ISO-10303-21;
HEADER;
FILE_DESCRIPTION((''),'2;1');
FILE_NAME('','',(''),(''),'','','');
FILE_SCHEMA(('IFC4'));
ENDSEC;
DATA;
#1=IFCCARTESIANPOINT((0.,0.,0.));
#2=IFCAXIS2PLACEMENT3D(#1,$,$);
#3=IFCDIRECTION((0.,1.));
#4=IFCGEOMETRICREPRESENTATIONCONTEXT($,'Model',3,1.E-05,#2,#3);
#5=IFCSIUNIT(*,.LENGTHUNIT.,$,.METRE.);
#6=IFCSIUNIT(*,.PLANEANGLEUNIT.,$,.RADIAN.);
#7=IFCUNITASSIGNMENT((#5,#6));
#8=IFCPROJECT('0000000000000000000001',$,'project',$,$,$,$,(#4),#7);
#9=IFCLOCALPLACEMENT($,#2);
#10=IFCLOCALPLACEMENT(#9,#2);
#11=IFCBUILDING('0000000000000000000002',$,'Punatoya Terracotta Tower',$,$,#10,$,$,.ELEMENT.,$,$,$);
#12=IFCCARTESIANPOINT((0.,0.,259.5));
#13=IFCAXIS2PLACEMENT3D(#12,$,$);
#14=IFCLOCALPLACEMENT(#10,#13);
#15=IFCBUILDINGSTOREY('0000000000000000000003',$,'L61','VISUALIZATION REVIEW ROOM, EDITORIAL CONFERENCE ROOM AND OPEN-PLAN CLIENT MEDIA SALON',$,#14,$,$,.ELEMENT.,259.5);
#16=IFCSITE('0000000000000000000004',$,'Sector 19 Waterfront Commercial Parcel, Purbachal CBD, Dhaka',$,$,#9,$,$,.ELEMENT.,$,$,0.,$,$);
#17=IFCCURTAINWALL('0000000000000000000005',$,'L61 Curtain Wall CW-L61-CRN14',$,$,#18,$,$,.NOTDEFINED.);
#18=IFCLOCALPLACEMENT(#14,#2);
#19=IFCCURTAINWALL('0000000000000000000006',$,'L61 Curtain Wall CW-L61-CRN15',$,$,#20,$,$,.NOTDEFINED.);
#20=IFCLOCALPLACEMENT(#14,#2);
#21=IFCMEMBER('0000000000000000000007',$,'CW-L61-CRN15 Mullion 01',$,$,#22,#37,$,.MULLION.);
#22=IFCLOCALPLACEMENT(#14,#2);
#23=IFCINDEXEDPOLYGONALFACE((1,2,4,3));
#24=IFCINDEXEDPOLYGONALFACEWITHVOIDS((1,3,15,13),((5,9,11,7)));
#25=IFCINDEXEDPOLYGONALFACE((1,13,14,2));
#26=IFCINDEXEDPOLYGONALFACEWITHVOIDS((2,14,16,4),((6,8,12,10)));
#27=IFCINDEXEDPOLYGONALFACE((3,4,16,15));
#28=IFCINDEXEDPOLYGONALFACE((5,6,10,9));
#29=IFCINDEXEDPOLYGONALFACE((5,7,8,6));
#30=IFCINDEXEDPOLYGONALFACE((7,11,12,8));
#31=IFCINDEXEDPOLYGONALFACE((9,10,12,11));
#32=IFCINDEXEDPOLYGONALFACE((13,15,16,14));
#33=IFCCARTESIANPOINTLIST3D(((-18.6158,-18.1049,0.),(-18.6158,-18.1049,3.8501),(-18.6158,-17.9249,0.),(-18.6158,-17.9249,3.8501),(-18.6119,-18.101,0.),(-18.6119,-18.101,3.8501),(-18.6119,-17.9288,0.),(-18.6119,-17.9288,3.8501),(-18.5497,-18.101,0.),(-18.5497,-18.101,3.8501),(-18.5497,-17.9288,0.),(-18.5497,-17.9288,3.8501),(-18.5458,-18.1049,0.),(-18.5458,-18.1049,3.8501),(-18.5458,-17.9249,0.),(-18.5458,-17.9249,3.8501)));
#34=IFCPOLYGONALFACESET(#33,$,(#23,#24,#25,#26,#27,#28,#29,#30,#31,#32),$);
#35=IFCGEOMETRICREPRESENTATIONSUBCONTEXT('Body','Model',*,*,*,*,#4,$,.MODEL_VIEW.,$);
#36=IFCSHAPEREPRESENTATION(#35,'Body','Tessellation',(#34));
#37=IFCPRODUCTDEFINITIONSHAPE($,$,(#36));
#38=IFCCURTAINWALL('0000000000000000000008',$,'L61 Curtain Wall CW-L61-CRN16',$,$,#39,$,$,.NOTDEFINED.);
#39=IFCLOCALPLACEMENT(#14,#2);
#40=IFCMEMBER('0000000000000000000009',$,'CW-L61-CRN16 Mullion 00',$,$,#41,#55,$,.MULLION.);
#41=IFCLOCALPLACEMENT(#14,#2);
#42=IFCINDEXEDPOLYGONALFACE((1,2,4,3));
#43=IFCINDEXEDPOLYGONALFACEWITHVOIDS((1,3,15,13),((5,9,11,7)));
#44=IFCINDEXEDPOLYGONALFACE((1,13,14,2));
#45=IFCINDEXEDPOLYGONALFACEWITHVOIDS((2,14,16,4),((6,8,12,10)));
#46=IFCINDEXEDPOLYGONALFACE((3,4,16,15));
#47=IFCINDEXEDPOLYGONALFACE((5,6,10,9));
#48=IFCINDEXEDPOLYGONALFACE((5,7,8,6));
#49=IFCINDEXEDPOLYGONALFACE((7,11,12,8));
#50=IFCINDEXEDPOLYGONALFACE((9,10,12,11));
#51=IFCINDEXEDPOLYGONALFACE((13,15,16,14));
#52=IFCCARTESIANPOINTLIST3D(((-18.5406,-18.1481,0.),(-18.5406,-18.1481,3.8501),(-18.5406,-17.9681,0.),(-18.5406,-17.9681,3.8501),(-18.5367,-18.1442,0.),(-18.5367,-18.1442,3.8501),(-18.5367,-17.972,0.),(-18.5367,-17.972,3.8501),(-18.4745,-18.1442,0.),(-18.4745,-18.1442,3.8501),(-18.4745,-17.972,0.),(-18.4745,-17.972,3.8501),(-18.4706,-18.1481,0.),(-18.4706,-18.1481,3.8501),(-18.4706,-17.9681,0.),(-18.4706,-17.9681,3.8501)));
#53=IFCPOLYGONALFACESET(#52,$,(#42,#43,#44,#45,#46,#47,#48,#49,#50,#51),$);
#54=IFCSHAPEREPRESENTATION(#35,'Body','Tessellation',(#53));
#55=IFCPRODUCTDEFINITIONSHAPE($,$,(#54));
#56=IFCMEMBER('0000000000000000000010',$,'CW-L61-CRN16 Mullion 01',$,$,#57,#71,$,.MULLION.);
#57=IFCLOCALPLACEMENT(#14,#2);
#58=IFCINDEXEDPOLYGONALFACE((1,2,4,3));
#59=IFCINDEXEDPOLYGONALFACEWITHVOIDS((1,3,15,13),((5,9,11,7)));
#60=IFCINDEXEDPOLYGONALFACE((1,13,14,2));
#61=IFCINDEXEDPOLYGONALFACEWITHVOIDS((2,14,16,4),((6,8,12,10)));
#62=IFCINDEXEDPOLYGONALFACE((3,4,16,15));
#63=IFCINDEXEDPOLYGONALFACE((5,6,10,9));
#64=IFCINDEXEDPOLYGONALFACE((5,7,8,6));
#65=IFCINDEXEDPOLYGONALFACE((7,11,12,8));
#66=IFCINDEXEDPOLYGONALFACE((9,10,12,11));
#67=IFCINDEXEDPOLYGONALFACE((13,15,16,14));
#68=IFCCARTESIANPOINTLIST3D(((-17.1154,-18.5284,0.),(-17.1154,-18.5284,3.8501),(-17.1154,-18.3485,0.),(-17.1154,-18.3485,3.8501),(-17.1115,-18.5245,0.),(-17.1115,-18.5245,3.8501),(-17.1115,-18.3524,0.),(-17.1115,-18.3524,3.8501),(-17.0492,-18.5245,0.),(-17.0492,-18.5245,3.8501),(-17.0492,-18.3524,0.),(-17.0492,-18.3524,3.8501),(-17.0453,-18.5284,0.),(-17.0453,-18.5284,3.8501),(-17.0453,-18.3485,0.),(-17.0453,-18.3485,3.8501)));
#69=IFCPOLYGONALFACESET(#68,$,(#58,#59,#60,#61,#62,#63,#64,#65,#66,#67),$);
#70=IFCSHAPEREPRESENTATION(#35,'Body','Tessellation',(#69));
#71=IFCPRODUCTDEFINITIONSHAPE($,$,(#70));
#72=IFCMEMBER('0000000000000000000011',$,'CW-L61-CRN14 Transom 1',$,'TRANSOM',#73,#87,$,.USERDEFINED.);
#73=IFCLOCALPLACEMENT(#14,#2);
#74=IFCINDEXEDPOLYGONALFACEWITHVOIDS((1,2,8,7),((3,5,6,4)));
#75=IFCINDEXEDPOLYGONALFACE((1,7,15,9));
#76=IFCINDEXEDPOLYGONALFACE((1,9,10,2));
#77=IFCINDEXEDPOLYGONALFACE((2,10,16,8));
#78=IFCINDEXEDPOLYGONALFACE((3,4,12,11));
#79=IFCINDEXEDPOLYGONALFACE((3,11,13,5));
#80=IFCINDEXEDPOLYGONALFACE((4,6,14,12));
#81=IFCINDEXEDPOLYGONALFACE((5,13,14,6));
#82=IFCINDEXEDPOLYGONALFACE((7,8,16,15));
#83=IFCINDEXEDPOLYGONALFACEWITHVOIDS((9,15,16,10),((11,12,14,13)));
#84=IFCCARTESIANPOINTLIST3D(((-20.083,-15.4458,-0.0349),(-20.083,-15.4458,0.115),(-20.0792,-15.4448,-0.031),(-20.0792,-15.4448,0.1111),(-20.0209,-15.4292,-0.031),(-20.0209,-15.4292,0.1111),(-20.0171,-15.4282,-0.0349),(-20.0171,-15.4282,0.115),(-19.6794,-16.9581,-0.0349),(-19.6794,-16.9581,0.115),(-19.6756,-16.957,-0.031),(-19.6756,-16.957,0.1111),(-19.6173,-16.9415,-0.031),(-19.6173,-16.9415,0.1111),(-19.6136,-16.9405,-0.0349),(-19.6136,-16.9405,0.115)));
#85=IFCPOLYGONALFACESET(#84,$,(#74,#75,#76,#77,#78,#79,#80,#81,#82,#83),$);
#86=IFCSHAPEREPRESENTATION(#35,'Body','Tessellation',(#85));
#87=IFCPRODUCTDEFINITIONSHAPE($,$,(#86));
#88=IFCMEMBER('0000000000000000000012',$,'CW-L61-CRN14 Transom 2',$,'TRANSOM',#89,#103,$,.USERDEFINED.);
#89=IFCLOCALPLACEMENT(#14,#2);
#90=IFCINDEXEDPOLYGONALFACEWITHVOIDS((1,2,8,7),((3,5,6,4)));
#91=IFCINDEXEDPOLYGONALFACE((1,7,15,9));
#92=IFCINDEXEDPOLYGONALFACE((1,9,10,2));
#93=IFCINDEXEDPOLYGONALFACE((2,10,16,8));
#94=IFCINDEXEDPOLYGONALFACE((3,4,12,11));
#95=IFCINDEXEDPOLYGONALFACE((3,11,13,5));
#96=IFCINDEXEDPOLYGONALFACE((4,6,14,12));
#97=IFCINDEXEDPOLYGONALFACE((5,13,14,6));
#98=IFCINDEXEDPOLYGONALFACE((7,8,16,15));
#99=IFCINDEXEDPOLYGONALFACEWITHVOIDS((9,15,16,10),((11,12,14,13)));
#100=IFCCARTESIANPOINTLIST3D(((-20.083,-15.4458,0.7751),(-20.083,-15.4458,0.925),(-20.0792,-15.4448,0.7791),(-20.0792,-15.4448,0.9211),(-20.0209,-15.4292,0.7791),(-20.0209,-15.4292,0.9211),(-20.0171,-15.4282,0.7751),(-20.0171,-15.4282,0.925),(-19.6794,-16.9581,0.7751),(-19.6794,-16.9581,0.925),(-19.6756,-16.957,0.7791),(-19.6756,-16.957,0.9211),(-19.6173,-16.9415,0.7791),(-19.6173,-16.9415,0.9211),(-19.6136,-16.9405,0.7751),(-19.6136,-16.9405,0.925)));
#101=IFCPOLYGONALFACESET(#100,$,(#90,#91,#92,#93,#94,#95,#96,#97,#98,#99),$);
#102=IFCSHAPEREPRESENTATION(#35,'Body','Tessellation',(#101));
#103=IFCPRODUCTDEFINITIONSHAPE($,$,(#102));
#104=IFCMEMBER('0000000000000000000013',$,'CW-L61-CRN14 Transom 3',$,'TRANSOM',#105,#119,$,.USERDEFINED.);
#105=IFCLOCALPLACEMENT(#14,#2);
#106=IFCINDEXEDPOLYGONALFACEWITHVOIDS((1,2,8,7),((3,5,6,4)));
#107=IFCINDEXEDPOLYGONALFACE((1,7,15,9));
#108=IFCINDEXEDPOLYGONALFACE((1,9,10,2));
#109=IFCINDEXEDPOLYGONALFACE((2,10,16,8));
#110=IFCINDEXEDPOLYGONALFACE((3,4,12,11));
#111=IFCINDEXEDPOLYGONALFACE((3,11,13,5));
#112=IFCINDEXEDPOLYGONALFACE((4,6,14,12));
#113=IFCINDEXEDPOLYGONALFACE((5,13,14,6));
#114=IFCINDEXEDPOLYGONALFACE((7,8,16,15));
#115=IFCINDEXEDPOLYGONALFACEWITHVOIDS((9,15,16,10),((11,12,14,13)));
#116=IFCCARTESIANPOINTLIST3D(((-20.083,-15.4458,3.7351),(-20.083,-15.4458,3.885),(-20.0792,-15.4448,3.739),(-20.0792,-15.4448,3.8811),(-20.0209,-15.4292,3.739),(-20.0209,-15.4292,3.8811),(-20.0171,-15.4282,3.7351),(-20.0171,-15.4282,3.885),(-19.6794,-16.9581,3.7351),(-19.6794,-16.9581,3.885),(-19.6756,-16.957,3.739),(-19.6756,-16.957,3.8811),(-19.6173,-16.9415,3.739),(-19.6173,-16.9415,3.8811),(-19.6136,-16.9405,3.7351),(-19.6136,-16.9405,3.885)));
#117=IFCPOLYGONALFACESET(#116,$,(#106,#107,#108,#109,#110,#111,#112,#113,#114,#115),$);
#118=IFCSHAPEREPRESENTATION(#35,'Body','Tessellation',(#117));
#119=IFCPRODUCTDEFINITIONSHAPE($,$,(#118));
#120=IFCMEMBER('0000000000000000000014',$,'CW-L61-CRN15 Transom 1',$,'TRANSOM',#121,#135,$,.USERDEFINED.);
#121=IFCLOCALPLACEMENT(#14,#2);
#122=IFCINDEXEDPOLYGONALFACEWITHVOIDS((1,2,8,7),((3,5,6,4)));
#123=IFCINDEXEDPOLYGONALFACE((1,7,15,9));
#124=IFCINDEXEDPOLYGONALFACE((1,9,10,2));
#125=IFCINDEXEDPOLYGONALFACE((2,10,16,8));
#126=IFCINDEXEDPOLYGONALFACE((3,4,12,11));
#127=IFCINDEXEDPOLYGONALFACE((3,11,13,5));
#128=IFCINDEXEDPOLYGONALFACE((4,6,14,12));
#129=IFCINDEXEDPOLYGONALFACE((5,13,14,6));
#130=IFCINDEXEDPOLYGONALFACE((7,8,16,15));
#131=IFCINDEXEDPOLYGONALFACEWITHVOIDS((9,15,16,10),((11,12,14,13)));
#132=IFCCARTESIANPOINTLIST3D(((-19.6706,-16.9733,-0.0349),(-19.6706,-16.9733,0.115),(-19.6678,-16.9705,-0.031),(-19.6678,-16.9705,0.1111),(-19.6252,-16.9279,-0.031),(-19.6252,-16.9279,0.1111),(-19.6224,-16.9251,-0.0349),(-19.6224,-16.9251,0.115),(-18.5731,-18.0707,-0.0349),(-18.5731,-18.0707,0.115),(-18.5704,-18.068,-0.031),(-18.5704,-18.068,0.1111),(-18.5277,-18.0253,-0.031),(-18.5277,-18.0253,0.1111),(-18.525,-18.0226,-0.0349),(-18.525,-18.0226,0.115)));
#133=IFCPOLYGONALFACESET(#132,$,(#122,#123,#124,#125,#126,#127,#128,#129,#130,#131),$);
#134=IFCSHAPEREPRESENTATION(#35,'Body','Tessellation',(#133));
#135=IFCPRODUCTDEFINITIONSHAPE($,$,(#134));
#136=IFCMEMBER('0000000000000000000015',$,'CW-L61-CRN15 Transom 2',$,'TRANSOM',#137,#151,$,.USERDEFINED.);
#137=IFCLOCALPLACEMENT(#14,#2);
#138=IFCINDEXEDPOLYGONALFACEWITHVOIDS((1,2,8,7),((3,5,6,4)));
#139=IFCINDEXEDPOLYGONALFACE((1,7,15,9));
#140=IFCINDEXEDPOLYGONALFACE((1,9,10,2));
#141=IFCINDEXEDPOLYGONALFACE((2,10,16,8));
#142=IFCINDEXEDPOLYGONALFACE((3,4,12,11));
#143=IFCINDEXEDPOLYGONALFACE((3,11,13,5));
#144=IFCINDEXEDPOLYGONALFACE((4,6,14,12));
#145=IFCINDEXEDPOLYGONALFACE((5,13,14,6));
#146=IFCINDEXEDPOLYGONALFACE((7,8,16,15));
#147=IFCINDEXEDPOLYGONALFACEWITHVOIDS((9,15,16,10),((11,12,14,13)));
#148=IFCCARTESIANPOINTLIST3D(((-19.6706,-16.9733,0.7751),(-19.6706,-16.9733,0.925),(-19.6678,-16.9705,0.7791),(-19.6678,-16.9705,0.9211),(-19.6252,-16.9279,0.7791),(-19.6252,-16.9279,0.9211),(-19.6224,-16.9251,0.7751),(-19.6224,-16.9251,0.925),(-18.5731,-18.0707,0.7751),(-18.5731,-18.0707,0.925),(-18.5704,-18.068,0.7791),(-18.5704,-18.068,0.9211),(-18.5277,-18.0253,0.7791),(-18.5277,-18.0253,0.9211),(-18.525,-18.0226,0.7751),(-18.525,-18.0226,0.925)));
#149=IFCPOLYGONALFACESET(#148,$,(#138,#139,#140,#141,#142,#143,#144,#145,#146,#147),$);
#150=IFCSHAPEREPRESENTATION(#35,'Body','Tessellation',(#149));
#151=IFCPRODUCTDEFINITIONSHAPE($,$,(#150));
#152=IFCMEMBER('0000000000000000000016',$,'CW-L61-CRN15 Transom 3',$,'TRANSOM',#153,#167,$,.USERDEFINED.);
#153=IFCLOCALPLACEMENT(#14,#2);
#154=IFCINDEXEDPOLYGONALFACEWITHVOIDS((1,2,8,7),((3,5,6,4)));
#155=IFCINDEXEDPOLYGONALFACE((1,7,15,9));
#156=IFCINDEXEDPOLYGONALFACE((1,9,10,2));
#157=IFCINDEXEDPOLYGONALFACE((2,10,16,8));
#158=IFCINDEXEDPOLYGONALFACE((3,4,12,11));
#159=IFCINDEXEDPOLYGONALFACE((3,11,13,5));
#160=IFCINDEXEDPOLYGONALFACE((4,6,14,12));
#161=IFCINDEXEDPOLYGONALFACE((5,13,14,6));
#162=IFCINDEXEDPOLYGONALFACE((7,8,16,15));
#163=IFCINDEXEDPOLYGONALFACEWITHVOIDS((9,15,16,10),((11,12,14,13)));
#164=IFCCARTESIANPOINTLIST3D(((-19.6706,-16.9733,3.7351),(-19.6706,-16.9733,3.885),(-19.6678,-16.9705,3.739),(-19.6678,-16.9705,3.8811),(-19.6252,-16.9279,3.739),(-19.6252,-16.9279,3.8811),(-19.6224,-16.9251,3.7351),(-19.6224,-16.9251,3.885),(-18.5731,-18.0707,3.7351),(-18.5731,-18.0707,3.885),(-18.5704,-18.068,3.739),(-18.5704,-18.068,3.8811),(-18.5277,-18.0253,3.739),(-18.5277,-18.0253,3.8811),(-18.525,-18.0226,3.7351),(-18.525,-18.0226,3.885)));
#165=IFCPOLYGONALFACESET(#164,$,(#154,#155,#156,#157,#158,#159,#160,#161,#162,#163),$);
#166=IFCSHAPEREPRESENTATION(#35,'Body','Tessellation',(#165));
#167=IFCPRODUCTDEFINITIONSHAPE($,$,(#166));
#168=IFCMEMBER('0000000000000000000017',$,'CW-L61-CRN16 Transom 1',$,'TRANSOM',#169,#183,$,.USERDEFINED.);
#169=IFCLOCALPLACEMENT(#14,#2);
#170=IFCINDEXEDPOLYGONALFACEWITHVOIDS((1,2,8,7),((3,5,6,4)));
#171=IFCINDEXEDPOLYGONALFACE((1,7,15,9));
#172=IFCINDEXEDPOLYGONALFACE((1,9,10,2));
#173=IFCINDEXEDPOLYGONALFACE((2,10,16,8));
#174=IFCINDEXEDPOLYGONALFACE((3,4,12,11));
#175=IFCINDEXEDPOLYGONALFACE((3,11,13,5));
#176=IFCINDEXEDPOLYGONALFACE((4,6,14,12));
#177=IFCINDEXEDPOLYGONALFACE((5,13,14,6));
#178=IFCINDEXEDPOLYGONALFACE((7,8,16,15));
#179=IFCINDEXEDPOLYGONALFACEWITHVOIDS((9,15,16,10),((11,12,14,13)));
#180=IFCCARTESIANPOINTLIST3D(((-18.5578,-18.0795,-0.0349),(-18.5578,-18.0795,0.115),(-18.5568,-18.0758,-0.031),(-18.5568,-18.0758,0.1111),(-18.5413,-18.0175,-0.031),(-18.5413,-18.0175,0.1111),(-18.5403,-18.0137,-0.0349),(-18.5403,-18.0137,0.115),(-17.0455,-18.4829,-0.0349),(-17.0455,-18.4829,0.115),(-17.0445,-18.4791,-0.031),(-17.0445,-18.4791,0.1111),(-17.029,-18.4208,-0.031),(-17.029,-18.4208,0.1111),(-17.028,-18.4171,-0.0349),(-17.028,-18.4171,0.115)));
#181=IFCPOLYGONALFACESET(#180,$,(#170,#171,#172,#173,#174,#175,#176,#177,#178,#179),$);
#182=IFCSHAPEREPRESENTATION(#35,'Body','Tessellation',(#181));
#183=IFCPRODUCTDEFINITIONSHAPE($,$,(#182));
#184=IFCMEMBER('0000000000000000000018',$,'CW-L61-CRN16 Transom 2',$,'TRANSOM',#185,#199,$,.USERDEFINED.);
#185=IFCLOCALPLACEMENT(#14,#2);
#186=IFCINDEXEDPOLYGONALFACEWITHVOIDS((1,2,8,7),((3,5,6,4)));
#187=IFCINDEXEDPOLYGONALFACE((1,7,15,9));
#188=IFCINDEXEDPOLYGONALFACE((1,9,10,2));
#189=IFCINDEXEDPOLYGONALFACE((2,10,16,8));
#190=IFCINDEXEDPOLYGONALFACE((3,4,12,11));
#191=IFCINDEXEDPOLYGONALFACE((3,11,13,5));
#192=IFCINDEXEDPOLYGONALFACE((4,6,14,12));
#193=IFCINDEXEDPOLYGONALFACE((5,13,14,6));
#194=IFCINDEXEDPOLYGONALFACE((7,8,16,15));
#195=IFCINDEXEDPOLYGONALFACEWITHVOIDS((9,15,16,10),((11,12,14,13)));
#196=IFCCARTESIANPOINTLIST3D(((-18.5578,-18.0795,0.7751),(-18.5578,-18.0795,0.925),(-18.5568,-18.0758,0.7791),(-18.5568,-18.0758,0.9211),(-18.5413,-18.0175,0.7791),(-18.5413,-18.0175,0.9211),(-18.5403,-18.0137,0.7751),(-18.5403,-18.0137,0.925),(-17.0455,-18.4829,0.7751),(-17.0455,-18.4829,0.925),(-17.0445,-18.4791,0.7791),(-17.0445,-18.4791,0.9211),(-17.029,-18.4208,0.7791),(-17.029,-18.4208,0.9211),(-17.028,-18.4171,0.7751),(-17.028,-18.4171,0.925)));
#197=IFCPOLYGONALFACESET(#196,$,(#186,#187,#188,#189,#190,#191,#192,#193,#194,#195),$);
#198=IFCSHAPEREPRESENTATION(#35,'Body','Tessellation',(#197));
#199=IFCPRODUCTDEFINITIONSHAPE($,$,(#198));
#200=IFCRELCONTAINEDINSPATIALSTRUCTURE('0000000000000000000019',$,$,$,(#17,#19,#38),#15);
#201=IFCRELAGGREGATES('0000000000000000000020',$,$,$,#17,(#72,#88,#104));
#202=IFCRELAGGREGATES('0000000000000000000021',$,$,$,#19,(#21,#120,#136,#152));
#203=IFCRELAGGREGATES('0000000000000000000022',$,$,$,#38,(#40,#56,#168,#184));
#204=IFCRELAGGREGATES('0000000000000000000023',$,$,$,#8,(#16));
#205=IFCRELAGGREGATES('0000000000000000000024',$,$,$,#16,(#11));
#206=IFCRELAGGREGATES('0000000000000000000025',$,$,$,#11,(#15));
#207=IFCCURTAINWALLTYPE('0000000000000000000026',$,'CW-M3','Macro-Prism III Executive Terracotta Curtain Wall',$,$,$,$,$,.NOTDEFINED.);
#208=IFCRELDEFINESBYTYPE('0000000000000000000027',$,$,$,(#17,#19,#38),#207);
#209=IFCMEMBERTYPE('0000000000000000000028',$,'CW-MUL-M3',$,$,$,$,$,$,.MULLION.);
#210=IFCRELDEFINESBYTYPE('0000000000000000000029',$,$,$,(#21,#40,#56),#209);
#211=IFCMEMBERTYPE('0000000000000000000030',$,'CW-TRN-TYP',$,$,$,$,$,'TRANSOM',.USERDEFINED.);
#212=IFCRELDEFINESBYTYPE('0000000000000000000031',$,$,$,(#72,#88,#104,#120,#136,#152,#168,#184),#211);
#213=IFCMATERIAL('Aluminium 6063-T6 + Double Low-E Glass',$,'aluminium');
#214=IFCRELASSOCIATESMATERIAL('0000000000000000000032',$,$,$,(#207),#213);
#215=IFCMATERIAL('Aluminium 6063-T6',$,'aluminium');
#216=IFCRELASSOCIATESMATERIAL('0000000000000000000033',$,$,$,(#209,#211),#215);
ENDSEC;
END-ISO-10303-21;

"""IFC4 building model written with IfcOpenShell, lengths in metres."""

from ifc_helpers import new_model, si_unit, direction, frame, origin, origin_2d, place, context, subcontext, project, spatial, hollow_rectangle, extrude, material, material_profile, profile_set, type_object, element, aggregate, save


model = new_model("IFC4")

# Units and contexts
model_context = context("Model", 3, precision=1e-05, world=origin(), true_north=direction((0.0, 1.0)))
body_context = subcontext(model_context, "Body", "Model", "MODEL_VIEW")
ifc_project = project(units=[si_unit("LENGTHUNIT", "METRE"), si_unit("PLANEANGLEUNIT", "RADIAN")], contexts=[model_context])

# Site, building, storey
site_placement = place(None, origin())
site = spatial("IfcSite", under=ifc_project, at=site_placement, Name="Sector 19 Waterfront Commercial Parcel, Purbachal CBD, Dhaka", CompositionType="ELEMENT", RefElevation=0.0)
building_placement = place(site_placement, origin())
building = spatial("IfcBuilding", under=site, at=building_placement, Name="Punatoya Terracotta Tower", CompositionType="ELEMENT")
storey_placement = place(building_placement, frame((0.0, 0.0, 259.5)))
storey = spatial("IfcBuildingStorey", under=building, at=storey_placement, Name="L61", Description="VISUALIZATION REVIEW ROOM, EDITORIAL CONFERENCE ROOM AND OPEN-PLAN CLIENT MEDIA SALON", CompositionType="ELEMENT", Elevation=259.5)

# Shared definitions
ifc_material_1 = material(Name="Aluminium 6063-T6 + Double Low-E Glass", Category="aluminium")
curtain_wall_type = type_object("IfcCurtainWallType", Name="CW-M3", Description="Macro-Prism III Executive Terracotta Curtain Wall", PredefinedType="NOTDEFINED", material=ifc_material_1)
ifc_material_2 = material(Name="Aluminium 6063-T6", Category="aluminium")
ifc_material_profile_1 = material_profile(ifc_material_2, hollow_rectangle(XDim=0.0701, YDim=0.1799, WallThickness=0.0039, at=origin_2d()))
ifc_profile_set_1 = profile_set([ifc_material_profile_1], Name="Aluminium 6063-T6")
member_type_1 = type_object("IfcMemberType", Name="CW-MUL-M3", PredefinedType="MULLION", material=ifc_profile_set_1)

# Curtain walls, members
curtain_wall_1_placement = place(storey_placement, origin())
curtain_wall_1 = element("IfcCurtainWall", 1, at=curtain_wall_1_placement, inside=storey, type_object=curtain_wall_type, Name="L61 Curtain Wall CW-L61-CRN14", PredefinedType="NOTDEFINED")
curtain_wall_2_placement = place(storey_placement, origin())
curtain_wall_2 = element("IfcCurtainWall", 2, at=curtain_wall_2_placement, inside=storey, type_object=curtain_wall_type, Name="L61 Curtain Wall CW-L61-CRN15", PredefinedType="NOTDEFINED")
member_1_placement = place(storey_placement, frame((-18.5808, -18.0149, 0.0), z_axis=(0.0, 0.0, 1.0), x_axis=(1.0, 0.0, 0.0)))
member_1 = element("IfcMember", 3, at=member_1_placement, type_object=member_type_1, Name="CW-L61-CRN15 Mullion 01", PredefinedType="MULLION", context=body_context, shape_type="SweptSolid", body=[
    extrude(hollow_rectangle(XDim=0.0701, YDim=0.1799, WallThickness=0.0039, at=origin_2d()), origin(), (0.0, 0.0, 1.0), 3.8501),
])
curtain_wall_3_placement = place(storey_placement, origin())
curtain_wall_3 = element("IfcCurtainWall", 4, at=curtain_wall_3_placement, inside=storey, type_object=curtain_wall_type, Name="L61 Curtain Wall CW-L61-CRN16", PredefinedType="NOTDEFINED")
member_2_placement = place(storey_placement, frame((-18.5056, -18.0581, 0.0), z_axis=(0.0, 0.0, 1.0), x_axis=(1.0, 0.0, 0.0)))
member_2 = element("IfcMember", 5, at=member_2_placement, type_object=member_type_1, Name="CW-L61-CRN16 Mullion 00", PredefinedType="MULLION", context=body_context, shape_type="SweptSolid", body=[
    extrude(hollow_rectangle(XDim=0.0701, YDim=0.1799, WallThickness=0.0039, at=origin_2d()), origin(), (0.0, 0.0, 1.0), 3.8501),
])
member_3_placement = place(storey_placement, frame((-17.0803, -18.4385, 0.0), z_axis=(0.0, 0.0, 1.0), x_axis=(1.0, 0.0, 0.0)))
member_3 = element("IfcMember", 6, at=member_3_placement, type_object=member_type_1, Name="CW-L61-CRN16 Mullion 01", PredefinedType="MULLION", context=body_context, shape_type="SweptSolid", body=[
    extrude(hollow_rectangle(XDim=0.0701, YDim=0.1799, WallThickness=0.0039, at=origin_2d()), origin(), (0.0, 0.0, 1.0), 3.8501),
])

# Members
ifc_material_profile_2 = material_profile(ifc_material_2, hollow_rectangle(XDim=0.0681, YDim=0.1499, WallThickness=0.0039, at=origin_2d()))
ifc_profile_set_2 = profile_set([ifc_material_profile_2], Name="Aluminium 6063-T6")
member_type_2 = type_object("IfcMemberType", Name="CW-TRN-TYP", ElementType="TRANSOM", PredefinedType="USERDEFINED", material=ifc_profile_set_2)
member_4_placement = place(storey_placement, frame((-20.05, -15.437, 0.04), z_axis=(0.257847, -0.966186, 0.0), x_axis=(0.966186, 0.257847, 0.0)))
member_4 = element("IfcMember", 7, at=member_4_placement, type_object=member_type_2, Name="CW-L61-CRN14 Transom 1", ObjectType="TRANSOM", PredefinedType="USERDEFINED", context=body_context, shape_type="SweptSolid", body=[
    extrude(hollow_rectangle(XDim=0.0681, YDim=0.1499, WallThickness=0.0039, at=origin_2d()), origin(), (0.0, 0.0, 1.0), 1.5652),
])
member_5_placement = place(storey_placement, frame((-20.05, -15.437, 0.8501), z_axis=(0.257847, -0.966186, 0.0), x_axis=(0.966186, 0.257847, 0.0)))
member_5 = element("IfcMember", 8, at=member_5_placement, type_object=member_type_2, Name="CW-L61-CRN14 Transom 2", ObjectType="TRANSOM", PredefinedType="USERDEFINED", context=body_context, shape_type="SweptSolid", body=[
    extrude(hollow_rectangle(XDim=0.0681, YDim=0.1499, WallThickness=0.0039, at=origin_2d()), origin(), (0.0, 0.0, 1.0), 1.5652),
])
member_6_placement = place(storey_placement, frame((-20.05, -15.437, 3.8101), z_axis=(0.257847, -0.966186, 0.0), x_axis=(0.966186, 0.257847, 0.0)))
member_6 = element("IfcMember", 9, at=member_6_placement, type_object=member_type_2, Name="CW-L61-CRN14 Transom 3", ObjectType="TRANSOM", PredefinedType="USERDEFINED", context=body_context, shape_type="SweptSolid", body=[
    extrude(hollow_rectangle(XDim=0.0681, YDim=0.1499, WallThickness=0.0039, at=origin_2d()), origin(), (0.0, 0.0, 1.0), 1.5652),
])
member_7_placement = place(storey_placement, frame((-19.6465, -16.9492, 0.04), z_axis=(0.707107, -0.707107, 0.0), x_axis=(0.707107, 0.707107, 0.0)))
member_7 = element("IfcMember", 10, at=member_7_placement, type_object=member_type_2, Name="CW-L61-CRN15 Transom 1", ObjectType="TRANSOM", PredefinedType="USERDEFINED", context=body_context, shape_type="SweptSolid", body=[
    extrude(hollow_rectangle(XDim=0.0681, YDim=0.1499, WallThickness=0.0039, at=origin_2d()), origin(), (0.0, 0.0, 1.0), 1.552),
])
member_8_placement = place(storey_placement, frame((-19.6465, -16.9492, 0.8501), z_axis=(0.707107, -0.707107, 0.0), x_axis=(0.707107, 0.707107, 0.0)))
member_8 = element("IfcMember", 11, at=member_8_placement, type_object=member_type_2, Name="CW-L61-CRN15 Transom 2", ObjectType="TRANSOM", PredefinedType="USERDEFINED", context=body_context, shape_type="SweptSolid", body=[
    extrude(hollow_rectangle(XDim=0.0681, YDim=0.1499, WallThickness=0.0039, at=origin_2d()), origin(), (0.0, 0.0, 1.0), 1.552),
])
member_9_placement = place(storey_placement, frame((-19.6465, -16.9492, 3.8101), z_axis=(0.707107, -0.707107, 0.0), x_axis=(0.707107, 0.707107, 0.0)))
member_9 = element("IfcMember", 12, at=member_9_placement, type_object=member_type_2, Name="CW-L61-CRN15 Transom 3", ObjectType="TRANSOM", PredefinedType="USERDEFINED", context=body_context, shape_type="SweptSolid", body=[
    extrude(hollow_rectangle(XDim=0.0681, YDim=0.1499, WallThickness=0.0039, at=origin_2d()), origin(), (0.0, 0.0, 1.0), 1.552),
])
member_10_placement = place(storey_placement, frame((-18.5491, -18.0466, 0.04), z_axis=(0.966225, -0.257701, 0.0), x_axis=(0.257701, 0.966225, 0.0)))
member_10 = element("IfcMember", 13, at=member_10_placement, type_object=member_type_2, Name="CW-L61-CRN16 Transom 1", ObjectType="TRANSOM", PredefinedType="USERDEFINED", context=body_context, shape_type="SweptSolid", body=[
    extrude(hollow_rectangle(XDim=0.0681, YDim=0.1499, WallThickness=0.0039, at=origin_2d()), origin(), (0.0, 0.0, 1.0), 1.5652),
])
member_11_placement = place(storey_placement, frame((-18.5491, -18.0466, 0.8501), z_axis=(0.966225, -0.257701, 0.0), x_axis=(0.257701, 0.966225, 0.0)))
member_11 = element("IfcMember", 14, at=member_11_placement, type_object=member_type_2, Name="CW-L61-CRN16 Transom 2", ObjectType="TRANSOM", PredefinedType="USERDEFINED", context=body_context, shape_type="SweptSolid", body=[
    extrude(hollow_rectangle(XDim=0.0681, YDim=0.1499, WallThickness=0.0039, at=origin_2d()), origin(), (0.0, 0.0, 1.0), 1.5652),
])

aggregate(curtain_wall_1, [member_4, member_5, member_6])
aggregate(curtain_wall_2, [member_1, member_7, member_8, member_9])
aggregate(curtain_wall_3, [member_2, member_3, member_10, member_11])

save(model, "model.ifc")
